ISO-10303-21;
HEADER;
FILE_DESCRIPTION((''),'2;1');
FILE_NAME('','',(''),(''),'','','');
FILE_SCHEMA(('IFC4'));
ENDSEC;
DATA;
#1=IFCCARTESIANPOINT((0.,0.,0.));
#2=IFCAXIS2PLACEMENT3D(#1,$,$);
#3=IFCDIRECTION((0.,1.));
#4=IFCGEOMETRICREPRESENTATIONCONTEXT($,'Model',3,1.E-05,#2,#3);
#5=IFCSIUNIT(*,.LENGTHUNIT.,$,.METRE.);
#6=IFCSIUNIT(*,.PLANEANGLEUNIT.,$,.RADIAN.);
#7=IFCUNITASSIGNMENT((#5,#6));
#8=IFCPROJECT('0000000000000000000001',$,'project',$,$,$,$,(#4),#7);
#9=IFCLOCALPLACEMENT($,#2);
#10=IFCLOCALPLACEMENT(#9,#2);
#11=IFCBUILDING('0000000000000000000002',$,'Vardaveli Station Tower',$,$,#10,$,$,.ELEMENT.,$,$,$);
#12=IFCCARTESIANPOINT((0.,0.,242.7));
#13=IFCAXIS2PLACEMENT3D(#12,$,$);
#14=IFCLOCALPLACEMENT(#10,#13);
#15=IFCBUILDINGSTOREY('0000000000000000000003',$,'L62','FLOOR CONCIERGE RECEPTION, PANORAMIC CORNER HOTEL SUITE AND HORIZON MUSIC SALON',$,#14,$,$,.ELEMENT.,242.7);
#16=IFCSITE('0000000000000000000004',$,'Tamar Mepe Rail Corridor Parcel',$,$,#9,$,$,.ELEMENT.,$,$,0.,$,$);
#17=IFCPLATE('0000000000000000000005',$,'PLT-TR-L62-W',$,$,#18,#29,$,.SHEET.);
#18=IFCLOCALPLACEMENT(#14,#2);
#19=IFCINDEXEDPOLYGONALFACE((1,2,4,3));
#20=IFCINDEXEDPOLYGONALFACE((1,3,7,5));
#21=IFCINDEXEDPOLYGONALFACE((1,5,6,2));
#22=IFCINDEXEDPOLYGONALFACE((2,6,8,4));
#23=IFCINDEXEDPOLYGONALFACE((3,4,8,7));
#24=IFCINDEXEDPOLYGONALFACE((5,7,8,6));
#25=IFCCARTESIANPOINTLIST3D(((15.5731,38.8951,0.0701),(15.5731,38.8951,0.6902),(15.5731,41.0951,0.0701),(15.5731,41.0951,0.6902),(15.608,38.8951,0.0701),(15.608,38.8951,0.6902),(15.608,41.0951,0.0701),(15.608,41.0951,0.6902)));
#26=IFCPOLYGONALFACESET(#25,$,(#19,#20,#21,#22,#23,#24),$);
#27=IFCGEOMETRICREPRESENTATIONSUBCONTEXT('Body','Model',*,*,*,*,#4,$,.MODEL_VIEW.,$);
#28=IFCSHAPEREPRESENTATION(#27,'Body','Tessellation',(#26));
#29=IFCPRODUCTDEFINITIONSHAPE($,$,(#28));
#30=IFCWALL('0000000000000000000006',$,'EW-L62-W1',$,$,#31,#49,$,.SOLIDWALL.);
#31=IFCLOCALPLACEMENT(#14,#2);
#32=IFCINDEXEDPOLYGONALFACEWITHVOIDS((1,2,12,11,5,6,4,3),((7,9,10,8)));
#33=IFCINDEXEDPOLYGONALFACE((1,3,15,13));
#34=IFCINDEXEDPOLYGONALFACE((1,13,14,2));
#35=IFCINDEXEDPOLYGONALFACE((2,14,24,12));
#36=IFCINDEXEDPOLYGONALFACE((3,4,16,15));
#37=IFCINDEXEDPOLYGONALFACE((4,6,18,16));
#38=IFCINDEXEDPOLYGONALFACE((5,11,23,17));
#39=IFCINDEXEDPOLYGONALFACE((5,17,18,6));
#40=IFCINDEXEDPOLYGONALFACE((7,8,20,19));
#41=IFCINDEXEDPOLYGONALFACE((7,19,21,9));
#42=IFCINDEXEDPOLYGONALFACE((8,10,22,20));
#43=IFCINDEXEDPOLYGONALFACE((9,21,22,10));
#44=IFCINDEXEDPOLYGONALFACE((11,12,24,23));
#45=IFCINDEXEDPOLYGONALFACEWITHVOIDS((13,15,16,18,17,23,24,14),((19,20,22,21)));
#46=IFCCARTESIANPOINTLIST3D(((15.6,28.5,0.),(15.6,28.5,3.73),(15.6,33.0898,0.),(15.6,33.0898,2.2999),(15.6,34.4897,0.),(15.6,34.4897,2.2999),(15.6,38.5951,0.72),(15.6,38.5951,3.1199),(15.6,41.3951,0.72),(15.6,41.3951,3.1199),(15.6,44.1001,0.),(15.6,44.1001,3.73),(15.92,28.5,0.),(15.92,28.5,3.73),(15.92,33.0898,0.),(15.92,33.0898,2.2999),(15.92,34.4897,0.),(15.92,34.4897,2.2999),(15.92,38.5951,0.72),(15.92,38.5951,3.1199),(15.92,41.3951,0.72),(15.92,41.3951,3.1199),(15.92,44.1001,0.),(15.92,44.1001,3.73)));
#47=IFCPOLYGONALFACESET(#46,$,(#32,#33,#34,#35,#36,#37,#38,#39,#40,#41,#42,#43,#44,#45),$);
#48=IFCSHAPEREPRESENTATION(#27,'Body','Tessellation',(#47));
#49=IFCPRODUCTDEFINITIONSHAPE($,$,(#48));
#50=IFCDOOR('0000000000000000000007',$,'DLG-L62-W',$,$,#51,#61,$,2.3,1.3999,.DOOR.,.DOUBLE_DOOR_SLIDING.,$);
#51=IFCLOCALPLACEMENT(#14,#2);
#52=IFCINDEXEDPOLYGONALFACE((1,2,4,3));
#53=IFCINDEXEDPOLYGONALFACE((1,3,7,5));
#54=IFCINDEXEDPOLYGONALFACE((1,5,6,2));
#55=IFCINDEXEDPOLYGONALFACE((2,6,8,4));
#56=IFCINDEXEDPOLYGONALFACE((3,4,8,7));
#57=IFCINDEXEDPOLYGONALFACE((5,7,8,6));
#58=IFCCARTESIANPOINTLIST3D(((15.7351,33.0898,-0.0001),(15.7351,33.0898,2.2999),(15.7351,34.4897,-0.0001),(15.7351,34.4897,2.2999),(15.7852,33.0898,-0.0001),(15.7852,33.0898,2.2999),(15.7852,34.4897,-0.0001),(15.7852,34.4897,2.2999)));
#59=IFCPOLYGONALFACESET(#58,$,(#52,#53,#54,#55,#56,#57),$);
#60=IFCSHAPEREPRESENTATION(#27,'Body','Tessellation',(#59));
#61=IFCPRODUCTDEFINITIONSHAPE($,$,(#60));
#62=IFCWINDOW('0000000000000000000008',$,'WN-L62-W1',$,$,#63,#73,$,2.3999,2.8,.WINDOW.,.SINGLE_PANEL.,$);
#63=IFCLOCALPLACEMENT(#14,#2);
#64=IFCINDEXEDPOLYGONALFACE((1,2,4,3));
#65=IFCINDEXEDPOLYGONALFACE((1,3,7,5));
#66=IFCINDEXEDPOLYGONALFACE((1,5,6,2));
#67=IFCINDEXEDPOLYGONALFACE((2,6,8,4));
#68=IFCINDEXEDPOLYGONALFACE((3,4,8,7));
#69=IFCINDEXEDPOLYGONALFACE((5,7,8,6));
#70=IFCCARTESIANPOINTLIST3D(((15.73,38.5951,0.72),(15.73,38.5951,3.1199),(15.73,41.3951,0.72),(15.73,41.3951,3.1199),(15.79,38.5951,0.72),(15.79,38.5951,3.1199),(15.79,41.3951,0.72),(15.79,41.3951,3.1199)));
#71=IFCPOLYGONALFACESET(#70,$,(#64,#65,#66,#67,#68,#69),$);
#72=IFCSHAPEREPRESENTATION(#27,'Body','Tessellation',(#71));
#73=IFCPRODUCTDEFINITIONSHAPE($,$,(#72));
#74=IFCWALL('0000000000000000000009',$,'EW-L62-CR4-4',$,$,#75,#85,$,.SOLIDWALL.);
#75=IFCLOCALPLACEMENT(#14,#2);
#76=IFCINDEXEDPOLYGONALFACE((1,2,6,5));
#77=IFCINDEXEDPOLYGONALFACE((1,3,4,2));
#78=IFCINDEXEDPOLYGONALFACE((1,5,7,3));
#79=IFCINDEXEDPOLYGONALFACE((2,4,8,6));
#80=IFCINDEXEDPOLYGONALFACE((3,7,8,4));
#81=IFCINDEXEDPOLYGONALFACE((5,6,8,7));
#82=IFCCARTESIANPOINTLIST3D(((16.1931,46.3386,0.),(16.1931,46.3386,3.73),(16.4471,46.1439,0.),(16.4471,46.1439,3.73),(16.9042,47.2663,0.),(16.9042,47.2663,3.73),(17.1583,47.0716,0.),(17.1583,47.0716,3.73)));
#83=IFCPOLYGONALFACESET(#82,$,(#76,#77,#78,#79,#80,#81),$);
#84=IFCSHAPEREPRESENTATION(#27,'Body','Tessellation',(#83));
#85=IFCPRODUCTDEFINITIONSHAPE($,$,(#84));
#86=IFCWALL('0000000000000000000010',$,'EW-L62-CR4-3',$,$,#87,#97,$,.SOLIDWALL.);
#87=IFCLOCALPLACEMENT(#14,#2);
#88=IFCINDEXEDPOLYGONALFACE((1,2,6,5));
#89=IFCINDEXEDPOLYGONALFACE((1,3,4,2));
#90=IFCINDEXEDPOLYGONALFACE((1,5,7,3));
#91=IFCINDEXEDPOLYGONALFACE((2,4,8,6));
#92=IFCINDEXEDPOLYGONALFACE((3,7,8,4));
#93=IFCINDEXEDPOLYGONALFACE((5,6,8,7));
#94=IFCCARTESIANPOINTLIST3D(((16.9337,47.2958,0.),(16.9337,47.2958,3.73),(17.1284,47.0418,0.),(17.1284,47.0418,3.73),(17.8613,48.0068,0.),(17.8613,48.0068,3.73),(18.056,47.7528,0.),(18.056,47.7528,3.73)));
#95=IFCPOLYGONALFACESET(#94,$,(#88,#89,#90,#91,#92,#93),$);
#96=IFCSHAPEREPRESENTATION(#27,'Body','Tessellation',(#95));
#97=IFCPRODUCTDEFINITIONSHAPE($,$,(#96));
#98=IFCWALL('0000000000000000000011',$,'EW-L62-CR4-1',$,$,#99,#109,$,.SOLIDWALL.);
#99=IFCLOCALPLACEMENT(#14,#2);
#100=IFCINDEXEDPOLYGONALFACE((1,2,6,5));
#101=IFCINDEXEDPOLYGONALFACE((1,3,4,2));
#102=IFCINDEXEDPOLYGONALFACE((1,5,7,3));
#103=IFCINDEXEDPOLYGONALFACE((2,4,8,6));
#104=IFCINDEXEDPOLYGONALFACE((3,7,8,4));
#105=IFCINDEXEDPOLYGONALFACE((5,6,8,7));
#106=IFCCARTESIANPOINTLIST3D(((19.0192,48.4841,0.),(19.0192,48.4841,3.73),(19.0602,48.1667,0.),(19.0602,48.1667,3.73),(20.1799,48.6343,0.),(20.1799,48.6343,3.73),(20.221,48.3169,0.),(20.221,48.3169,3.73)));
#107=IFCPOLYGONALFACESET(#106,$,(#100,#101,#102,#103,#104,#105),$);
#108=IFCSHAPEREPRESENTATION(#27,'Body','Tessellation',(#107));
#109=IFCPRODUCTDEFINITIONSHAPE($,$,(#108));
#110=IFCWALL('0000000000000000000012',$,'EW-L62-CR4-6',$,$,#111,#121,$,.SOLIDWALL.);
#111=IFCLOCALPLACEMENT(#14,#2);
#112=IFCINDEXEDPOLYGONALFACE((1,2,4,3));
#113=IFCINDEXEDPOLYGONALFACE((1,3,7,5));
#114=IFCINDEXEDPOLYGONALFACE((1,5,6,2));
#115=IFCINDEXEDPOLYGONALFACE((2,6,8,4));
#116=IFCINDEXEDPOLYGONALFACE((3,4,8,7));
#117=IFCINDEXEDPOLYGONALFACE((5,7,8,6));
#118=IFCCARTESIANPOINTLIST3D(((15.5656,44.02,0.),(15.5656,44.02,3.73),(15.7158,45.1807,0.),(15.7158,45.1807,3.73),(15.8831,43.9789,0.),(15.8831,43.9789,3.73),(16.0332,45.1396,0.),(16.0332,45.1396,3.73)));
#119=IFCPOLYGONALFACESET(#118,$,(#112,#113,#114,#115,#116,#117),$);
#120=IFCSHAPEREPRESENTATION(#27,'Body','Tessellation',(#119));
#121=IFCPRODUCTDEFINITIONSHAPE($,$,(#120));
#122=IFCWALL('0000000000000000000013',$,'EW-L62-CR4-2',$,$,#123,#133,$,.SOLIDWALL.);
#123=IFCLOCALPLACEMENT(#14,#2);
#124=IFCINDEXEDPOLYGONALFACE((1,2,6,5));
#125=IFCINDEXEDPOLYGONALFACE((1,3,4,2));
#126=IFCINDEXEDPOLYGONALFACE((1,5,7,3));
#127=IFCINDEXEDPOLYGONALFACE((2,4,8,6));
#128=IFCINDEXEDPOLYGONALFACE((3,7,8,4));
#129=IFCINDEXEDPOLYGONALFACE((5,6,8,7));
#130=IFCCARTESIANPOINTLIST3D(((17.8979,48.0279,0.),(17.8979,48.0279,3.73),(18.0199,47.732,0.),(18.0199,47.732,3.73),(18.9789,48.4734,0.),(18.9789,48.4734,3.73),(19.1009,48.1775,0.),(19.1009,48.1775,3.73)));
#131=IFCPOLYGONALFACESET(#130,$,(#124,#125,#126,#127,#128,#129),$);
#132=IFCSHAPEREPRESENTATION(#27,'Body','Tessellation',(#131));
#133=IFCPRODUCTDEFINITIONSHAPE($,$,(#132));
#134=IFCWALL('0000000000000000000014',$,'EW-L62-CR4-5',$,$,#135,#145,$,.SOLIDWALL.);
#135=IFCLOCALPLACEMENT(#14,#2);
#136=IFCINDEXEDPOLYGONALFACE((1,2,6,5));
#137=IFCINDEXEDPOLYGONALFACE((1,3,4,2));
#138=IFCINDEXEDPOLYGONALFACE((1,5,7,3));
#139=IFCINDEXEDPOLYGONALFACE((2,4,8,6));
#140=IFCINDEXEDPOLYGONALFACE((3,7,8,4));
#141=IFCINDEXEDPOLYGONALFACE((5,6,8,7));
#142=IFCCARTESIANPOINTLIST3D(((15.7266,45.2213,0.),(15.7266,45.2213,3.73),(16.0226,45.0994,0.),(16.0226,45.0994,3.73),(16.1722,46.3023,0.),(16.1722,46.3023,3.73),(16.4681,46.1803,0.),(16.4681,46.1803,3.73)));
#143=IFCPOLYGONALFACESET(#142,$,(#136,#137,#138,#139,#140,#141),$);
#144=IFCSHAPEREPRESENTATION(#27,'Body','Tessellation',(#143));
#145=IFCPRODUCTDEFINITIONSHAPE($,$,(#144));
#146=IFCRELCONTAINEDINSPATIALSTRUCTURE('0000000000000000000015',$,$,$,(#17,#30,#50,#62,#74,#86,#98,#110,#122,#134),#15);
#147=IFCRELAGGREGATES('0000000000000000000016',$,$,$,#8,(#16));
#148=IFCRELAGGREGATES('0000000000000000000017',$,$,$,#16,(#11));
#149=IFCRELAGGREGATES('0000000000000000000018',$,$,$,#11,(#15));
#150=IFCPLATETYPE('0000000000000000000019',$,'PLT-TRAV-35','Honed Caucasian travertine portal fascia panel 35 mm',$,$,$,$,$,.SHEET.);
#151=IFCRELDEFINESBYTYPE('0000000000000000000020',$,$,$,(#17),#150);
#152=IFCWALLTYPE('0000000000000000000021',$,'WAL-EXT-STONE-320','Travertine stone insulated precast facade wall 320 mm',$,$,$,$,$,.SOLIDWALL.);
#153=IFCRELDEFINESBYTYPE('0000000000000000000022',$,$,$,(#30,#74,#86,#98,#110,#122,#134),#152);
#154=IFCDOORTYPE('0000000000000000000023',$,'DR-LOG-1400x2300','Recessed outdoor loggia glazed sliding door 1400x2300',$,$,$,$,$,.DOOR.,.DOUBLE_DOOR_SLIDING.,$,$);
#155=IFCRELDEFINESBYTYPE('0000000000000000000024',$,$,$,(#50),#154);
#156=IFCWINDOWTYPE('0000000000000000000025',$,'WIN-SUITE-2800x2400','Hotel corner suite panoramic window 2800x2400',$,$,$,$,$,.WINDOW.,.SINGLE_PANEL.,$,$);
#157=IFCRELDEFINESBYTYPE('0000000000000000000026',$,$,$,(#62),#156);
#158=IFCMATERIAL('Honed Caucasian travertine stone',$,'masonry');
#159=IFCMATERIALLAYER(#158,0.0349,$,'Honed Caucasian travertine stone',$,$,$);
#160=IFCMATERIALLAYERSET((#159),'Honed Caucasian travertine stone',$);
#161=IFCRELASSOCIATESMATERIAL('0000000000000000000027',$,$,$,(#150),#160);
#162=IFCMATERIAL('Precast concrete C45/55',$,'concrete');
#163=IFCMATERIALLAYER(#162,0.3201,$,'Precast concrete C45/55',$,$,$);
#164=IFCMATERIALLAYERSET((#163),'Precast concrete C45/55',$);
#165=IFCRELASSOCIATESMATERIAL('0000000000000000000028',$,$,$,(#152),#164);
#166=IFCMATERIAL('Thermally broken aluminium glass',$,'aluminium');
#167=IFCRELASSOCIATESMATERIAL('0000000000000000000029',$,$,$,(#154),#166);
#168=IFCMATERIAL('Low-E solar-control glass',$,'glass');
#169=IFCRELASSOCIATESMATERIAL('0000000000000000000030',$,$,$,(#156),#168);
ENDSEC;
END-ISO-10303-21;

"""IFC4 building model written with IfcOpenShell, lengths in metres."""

from ifc_helpers import new_model, si_unit, direction, frame, frame_2d, origin, origin_2d, place, context, subcontext, project, spatial, rectangle, extrude, source, transform, mapped, material, layer, layer_set, type_object, element, fill, save


model = new_model("IFC4")

# Units and contexts
model_context = context("Model", 3, precision=1e-05, world=origin(), true_north=direction((0.0, 1.0)))
body_context = subcontext(model_context, "Body", "Model", "MODEL_VIEW")
ifc_project = project(units=[si_unit("LENGTHUNIT", "METRE"), si_unit("PLANEANGLEUNIT", "RADIAN")], contexts=[model_context])

# Site, building, storey
site_placement = place(None, origin())
site = spatial("IfcSite", under=ifc_project, at=site_placement, Name="Tamar Mepe Rail Corridor Parcel", CompositionType="ELEMENT", RefElevation=0.0)
building_placement = place(site_placement, origin())
building = spatial("IfcBuilding", under=site, at=building_placement, Name="Vardaveli Station Tower", CompositionType="ELEMENT")
storey_placement = place(building_placement, frame((0.0, 0.0, 242.7)))
storey = spatial("IfcBuildingStorey", under=building, at=storey_placement, Name="L62", Description="FLOOR CONCIERGE RECEPTION, PANORAMIC CORNER HOTEL SUITE AND HORIZON MUSIC SALON", CompositionType="ELEMENT", Elevation=242.7)

# Plate
ifc_material_1 = material(Name="Honed Caucasian travertine stone", Category="masonry")
ifc_layer_1 = layer(ifc_material_1, 0.0349, Name="Honed Caucasian travertine stone")
ifc_layer_set_1 = layer_set([ifc_layer_1], Name="Honed Caucasian travertine stone")
plate_type = type_object("IfcPlateType", Name="PLT-TRAV-35", Description="Honed Caucasian travertine portal fascia panel 35 mm", PredefinedType="SHEET", material=ifc_layer_set_1)
shared_shape_1 = source(origin(), body_context, "Body", "SweptSolid", [
    extrude(rectangle(XDim=2.2, YDim=0.0349, at=origin_2d()), origin(), (0.0, 0.0, 1.0), 0.6201),
])
plate_placement = place(storey_placement, frame((15.5906, 39.9951, 0.0701), z_axis=(0.0, 0.0, 1.0), x_axis=(0.0, 1.0, 0.0)))
element("IfcPlate", 1, at=plate_placement, inside=storey, type_object=plate_type, Name="PLT-TR-L62-W", PredefinedType="SHEET", context=body_context, shape_type="MappedRepresentation", body=[
    mapped(shared_shape_1, transform((0.0, 0.0, 0.0), scale=1.0)),
])

# Wall, openings, door, window
ifc_material_2 = material(Name="Precast concrete C45/55", Category="concrete")
ifc_layer_2 = layer(ifc_material_2, 0.3201, Name="Precast concrete C45/55")
ifc_layer_set_2 = layer_set([ifc_layer_2], Name="Precast concrete C45/55")
wall_type_1 = type_object("IfcWallType", Name="WAL-EXT-STONE-320", Description="Travertine stone insulated precast facade wall 320 mm", PredefinedType="SOLIDWALL", material=ifc_layer_set_2)
shared_shape_2 = source(origin(), body_context, "Body", "SweptSolid", [
    extrude(rectangle(XDim=15.6001, YDim=0.3201, at=frame_2d((7.8, 0.0))), origin(), (0.0, 0.0, 1.0), 3.73),
])
wall_1_placement = place(storey_placement, frame((15.76, 44.1001, 0.0), z_axis=(0.0, 0.0, 1.0), x_axis=(0.0, -1.0, 0.0)))
wall_1 = element("IfcWall", 2, at=wall_1_placement, inside=storey, type_object=wall_type_1, Name="EW-L62-W1", PredefinedType="SOLIDWALL", context=body_context, shape_type="MappedRepresentation", body=[
    mapped(shared_shape_2, transform((0.0, 0.0, 0.0), scale=1.0)),
])
shared_shape_3 = source(origin(), body_context, "Body", "SweptSolid", [
    extrude(rectangle(XDim=1.3999, YDim=2.3, at=frame_2d((0.7, 1.1499))), frame((0.0, 0.1699, 0.0), z_axis=(0.0, -1.0, 0.0), x_axis=(1.0, 0.0, 0.0)), (0.0, 0.0, 1.0), 0.3401),
])
opening_1_placement = place(wall_1_placement, frame((9.6104, 0.0, 0.0)))
opening_1 = element("IfcOpeningElement", 3, at=opening_1_placement, cuts=wall_1, PredefinedType="OPENING", context=body_context, shape_type="MappedRepresentation", body=[
    mapped(shared_shape_3, transform((0.0, 0.0, 0.0), scale=1.0)),
])
shared_shape_4 = source(origin(), body_context, "Body", "SweptSolid", [
    extrude(rectangle(XDim=2.8, YDim=2.3999, at=frame_2d((1.3999, 1.2))), frame((0.0, 0.1699, 0.0), z_axis=(0.0, -1.0, 0.0), x_axis=(1.0, 0.0, 0.0)), (0.0, 0.0, 1.0), 0.3401),
])
opening_2_placement = place(wall_1_placement, frame((2.7051, 0.0, 0.72)))
opening_2 = element("IfcOpeningElement", 4, at=opening_2_placement, cuts=wall_1, PredefinedType="OPENING", context=body_context, shape_type="MappedRepresentation", body=[
    mapped(shared_shape_4, transform((0.0, 0.0, 0.0), scale=1.0)),
])
ifc_material_3 = material(Name="Thermally broken aluminium glass", Category="aluminium")
door_type_1 = type_object("IfcDoorType", Name="DR-LOG-1400x2300", Description="Recessed outdoor loggia glazed sliding door 1400x2300", OperationType="DOUBLE_DOOR_SLIDING", PredefinedType="DOOR", material=ifc_material_3)
shared_shape_5 = source(origin(), body_context, "Body", "SweptSolid", [
    extrude(rectangle(XDim=1.3999, YDim=2.3, at=frame_2d((0.7, 1.1499))), frame((0.0, 0.0249, 0.0), z_axis=(0.0, -1.0, 0.0), x_axis=(1.0, 0.0, 0.0)), (0.0, 0.0, 1.0), 0.05),
])
door_1_placement = place(opening_1_placement, frame((1.3999, 0.0, 0.0), z_axis=(0.0, 0.0, 1.0), x_axis=(-1.0, 0.0, 0.0)))
door_1 = element("IfcDoor", 5, at=door_1_placement, inside=storey, type_object=door_type_1, Name="DLG-L62-W", OperationType="DOUBLE_DOOR_SLIDING", OverallHeight=2.3, OverallWidth=1.3999, PredefinedType="DOOR", context=body_context, shape_type="MappedRepresentation", body=[
    mapped(shared_shape_5, transform((0.0, 0.0, 0.0), scale=1.0)),
])
fill(opening_1, door_1)
ifc_material_4 = material(Name="Low-E solar-control glass", Category="glass")
window_type = type_object("IfcWindowType", Name="WIN-SUITE-2800x2400", Description="Hotel corner suite panoramic window 2800x2400", PartitioningType="SINGLE_PANEL", PredefinedType="WINDOW", material=ifc_material_4)
shared_shape_6 = source(origin(), body_context, "Body", "SweptSolid", [
    extrude(rectangle(XDim=2.8, YDim=2.3999, at=frame_2d((1.3999, 1.2))), frame((0.0, 0.03, 0.0), z_axis=(0.0, -1.0, 0.0), x_axis=(1.0, 0.0, 0.0)), (0.0, 0.0, 1.0), 0.0601),
])
window_placement = place(opening_2_placement, origin())
window = element("IfcWindow", 6, at=window_placement, inside=storey, type_object=window_type, Name="WN-L62-W1", OverallHeight=2.3999, OverallWidth=2.8, PartitioningType="SINGLE_PANEL", PredefinedType="WINDOW", context=body_context, shape_type="MappedRepresentation", body=[
    mapped(shared_shape_6, transform((0.0, 0.0, 0.0), scale=1.0)),
])
fill(opening_2, window)

# Walls
shared_shape_7 = source(origin(), body_context, "Body", "SweptSolid", [
    extrude(rectangle(XDim=1.1689, YDim=0.3201, at=frame_2d((0.5845, 0.0))), origin(), (0.0, 0.0, 1.0), 3.73),
])
wall_2_placement = place(storey_placement, frame((17.0312, 47.1689, 0.0), z_axis=(0.0, 0.0, 1.0), x_axis=(-0.608388, -0.79364, 0.0)))
element("IfcWall", 7, at=wall_2_placement, inside=storey, type_object=wall_type_1, Name="EW-L62-CR4-4", PredefinedType="SOLIDWALL", context=body_context, shape_type="MappedRepresentation", body=[
    mapped(shared_shape_7, transform((0.0, 0.0, 0.0), scale=1.0)),
])
shared_shape_8 = source(origin(), body_context, "Body", "SweptSolid", [
    extrude(rectangle(XDim=1.1687, YDim=0.3201, at=frame_2d((0.5845, 0.0))), origin(), (0.0, 0.0, 1.0), 3.73),
])
wall_3_placement = place(storey_placement, frame((17.9587, 47.8799, 0.0), z_axis=(0.0, 0.0, 1.0), x_axis=(-0.793664, -0.608357, 0.0)))
element("IfcWall", 8, at=wall_3_placement, inside=storey, type_object=wall_type_1, Name="EW-L62-CR4-3", PredefinedType="SOLIDWALL", context=body_context, shape_type="MappedRepresentation", body=[
    mapped(shared_shape_8, transform((0.0, 0.0, 0.0), scale=1.0)),
])
shared_shape_9 = source(origin(), body_context, "Body", "SweptSolid", [
    extrude(rectangle(XDim=1.1704, YDim=0.3201, at=frame_2d((0.5852, 0.0))), origin(), (0.0, 0.0, 1.0), 3.73),
])
for number, where, z_axis, x_axis, name in (
    (9, (20.2004, 48.4756, 0.0), (0.0, 0.0, 1.0), (-0.991736, -0.128296, 0.0), "EW-L62-CR4-1"),
    (10, (15.8745, 45.1602, 0.0), (0.0, 0.0, 1.0), (-0.128296, -0.991736, 0.0), "EW-L62-CR4-6"),
):
    element("IfcWall", number, at=place(storey_placement, frame(where, z_axis=z_axis, x_axis=x_axis)), inside=storey, type_object=wall_type_1, Name=name, PredefinedType="SOLIDWALL", context=body_context, shape_type="MappedRepresentation", body=[
        mapped(shared_shape_9, transform((0.0, 0.0, 0.0), scale=1.0)),
    ])
shared_shape_10 = source(origin(), body_context, "Body", "SweptSolid", [
    extrude(rectangle(XDim=1.1692, YDim=0.3201, at=frame_2d((0.5845, 0.0))), origin(), (0.0, 0.0, 1.0), 3.73),
])
for number, where, z_axis, x_axis, name in (
    (11, (19.0398, 48.3254, 0.0), (0.0, 0.0, 1.0), (-0.924553, -0.381054, 0.0), "EW-L62-CR4-2"),
    (12, (16.3201, 46.2412, 0.0), (0.0, 0.0, 1.0), (-0.381054, -0.924553, 0.0), "EW-L62-CR4-5"),
):
    element("IfcWall", number, at=place(storey_placement, frame(where, z_axis=z_axis, x_axis=x_axis)), inside=storey, type_object=wall_type_1, Name=name, PredefinedType="SOLIDWALL", context=body_context, shape_type="MappedRepresentation", body=[
        mapped(shared_shape_10, transform((0.0, 0.0, 0.0), scale=1.0)),
    ])

save(model, "model.ifc")
